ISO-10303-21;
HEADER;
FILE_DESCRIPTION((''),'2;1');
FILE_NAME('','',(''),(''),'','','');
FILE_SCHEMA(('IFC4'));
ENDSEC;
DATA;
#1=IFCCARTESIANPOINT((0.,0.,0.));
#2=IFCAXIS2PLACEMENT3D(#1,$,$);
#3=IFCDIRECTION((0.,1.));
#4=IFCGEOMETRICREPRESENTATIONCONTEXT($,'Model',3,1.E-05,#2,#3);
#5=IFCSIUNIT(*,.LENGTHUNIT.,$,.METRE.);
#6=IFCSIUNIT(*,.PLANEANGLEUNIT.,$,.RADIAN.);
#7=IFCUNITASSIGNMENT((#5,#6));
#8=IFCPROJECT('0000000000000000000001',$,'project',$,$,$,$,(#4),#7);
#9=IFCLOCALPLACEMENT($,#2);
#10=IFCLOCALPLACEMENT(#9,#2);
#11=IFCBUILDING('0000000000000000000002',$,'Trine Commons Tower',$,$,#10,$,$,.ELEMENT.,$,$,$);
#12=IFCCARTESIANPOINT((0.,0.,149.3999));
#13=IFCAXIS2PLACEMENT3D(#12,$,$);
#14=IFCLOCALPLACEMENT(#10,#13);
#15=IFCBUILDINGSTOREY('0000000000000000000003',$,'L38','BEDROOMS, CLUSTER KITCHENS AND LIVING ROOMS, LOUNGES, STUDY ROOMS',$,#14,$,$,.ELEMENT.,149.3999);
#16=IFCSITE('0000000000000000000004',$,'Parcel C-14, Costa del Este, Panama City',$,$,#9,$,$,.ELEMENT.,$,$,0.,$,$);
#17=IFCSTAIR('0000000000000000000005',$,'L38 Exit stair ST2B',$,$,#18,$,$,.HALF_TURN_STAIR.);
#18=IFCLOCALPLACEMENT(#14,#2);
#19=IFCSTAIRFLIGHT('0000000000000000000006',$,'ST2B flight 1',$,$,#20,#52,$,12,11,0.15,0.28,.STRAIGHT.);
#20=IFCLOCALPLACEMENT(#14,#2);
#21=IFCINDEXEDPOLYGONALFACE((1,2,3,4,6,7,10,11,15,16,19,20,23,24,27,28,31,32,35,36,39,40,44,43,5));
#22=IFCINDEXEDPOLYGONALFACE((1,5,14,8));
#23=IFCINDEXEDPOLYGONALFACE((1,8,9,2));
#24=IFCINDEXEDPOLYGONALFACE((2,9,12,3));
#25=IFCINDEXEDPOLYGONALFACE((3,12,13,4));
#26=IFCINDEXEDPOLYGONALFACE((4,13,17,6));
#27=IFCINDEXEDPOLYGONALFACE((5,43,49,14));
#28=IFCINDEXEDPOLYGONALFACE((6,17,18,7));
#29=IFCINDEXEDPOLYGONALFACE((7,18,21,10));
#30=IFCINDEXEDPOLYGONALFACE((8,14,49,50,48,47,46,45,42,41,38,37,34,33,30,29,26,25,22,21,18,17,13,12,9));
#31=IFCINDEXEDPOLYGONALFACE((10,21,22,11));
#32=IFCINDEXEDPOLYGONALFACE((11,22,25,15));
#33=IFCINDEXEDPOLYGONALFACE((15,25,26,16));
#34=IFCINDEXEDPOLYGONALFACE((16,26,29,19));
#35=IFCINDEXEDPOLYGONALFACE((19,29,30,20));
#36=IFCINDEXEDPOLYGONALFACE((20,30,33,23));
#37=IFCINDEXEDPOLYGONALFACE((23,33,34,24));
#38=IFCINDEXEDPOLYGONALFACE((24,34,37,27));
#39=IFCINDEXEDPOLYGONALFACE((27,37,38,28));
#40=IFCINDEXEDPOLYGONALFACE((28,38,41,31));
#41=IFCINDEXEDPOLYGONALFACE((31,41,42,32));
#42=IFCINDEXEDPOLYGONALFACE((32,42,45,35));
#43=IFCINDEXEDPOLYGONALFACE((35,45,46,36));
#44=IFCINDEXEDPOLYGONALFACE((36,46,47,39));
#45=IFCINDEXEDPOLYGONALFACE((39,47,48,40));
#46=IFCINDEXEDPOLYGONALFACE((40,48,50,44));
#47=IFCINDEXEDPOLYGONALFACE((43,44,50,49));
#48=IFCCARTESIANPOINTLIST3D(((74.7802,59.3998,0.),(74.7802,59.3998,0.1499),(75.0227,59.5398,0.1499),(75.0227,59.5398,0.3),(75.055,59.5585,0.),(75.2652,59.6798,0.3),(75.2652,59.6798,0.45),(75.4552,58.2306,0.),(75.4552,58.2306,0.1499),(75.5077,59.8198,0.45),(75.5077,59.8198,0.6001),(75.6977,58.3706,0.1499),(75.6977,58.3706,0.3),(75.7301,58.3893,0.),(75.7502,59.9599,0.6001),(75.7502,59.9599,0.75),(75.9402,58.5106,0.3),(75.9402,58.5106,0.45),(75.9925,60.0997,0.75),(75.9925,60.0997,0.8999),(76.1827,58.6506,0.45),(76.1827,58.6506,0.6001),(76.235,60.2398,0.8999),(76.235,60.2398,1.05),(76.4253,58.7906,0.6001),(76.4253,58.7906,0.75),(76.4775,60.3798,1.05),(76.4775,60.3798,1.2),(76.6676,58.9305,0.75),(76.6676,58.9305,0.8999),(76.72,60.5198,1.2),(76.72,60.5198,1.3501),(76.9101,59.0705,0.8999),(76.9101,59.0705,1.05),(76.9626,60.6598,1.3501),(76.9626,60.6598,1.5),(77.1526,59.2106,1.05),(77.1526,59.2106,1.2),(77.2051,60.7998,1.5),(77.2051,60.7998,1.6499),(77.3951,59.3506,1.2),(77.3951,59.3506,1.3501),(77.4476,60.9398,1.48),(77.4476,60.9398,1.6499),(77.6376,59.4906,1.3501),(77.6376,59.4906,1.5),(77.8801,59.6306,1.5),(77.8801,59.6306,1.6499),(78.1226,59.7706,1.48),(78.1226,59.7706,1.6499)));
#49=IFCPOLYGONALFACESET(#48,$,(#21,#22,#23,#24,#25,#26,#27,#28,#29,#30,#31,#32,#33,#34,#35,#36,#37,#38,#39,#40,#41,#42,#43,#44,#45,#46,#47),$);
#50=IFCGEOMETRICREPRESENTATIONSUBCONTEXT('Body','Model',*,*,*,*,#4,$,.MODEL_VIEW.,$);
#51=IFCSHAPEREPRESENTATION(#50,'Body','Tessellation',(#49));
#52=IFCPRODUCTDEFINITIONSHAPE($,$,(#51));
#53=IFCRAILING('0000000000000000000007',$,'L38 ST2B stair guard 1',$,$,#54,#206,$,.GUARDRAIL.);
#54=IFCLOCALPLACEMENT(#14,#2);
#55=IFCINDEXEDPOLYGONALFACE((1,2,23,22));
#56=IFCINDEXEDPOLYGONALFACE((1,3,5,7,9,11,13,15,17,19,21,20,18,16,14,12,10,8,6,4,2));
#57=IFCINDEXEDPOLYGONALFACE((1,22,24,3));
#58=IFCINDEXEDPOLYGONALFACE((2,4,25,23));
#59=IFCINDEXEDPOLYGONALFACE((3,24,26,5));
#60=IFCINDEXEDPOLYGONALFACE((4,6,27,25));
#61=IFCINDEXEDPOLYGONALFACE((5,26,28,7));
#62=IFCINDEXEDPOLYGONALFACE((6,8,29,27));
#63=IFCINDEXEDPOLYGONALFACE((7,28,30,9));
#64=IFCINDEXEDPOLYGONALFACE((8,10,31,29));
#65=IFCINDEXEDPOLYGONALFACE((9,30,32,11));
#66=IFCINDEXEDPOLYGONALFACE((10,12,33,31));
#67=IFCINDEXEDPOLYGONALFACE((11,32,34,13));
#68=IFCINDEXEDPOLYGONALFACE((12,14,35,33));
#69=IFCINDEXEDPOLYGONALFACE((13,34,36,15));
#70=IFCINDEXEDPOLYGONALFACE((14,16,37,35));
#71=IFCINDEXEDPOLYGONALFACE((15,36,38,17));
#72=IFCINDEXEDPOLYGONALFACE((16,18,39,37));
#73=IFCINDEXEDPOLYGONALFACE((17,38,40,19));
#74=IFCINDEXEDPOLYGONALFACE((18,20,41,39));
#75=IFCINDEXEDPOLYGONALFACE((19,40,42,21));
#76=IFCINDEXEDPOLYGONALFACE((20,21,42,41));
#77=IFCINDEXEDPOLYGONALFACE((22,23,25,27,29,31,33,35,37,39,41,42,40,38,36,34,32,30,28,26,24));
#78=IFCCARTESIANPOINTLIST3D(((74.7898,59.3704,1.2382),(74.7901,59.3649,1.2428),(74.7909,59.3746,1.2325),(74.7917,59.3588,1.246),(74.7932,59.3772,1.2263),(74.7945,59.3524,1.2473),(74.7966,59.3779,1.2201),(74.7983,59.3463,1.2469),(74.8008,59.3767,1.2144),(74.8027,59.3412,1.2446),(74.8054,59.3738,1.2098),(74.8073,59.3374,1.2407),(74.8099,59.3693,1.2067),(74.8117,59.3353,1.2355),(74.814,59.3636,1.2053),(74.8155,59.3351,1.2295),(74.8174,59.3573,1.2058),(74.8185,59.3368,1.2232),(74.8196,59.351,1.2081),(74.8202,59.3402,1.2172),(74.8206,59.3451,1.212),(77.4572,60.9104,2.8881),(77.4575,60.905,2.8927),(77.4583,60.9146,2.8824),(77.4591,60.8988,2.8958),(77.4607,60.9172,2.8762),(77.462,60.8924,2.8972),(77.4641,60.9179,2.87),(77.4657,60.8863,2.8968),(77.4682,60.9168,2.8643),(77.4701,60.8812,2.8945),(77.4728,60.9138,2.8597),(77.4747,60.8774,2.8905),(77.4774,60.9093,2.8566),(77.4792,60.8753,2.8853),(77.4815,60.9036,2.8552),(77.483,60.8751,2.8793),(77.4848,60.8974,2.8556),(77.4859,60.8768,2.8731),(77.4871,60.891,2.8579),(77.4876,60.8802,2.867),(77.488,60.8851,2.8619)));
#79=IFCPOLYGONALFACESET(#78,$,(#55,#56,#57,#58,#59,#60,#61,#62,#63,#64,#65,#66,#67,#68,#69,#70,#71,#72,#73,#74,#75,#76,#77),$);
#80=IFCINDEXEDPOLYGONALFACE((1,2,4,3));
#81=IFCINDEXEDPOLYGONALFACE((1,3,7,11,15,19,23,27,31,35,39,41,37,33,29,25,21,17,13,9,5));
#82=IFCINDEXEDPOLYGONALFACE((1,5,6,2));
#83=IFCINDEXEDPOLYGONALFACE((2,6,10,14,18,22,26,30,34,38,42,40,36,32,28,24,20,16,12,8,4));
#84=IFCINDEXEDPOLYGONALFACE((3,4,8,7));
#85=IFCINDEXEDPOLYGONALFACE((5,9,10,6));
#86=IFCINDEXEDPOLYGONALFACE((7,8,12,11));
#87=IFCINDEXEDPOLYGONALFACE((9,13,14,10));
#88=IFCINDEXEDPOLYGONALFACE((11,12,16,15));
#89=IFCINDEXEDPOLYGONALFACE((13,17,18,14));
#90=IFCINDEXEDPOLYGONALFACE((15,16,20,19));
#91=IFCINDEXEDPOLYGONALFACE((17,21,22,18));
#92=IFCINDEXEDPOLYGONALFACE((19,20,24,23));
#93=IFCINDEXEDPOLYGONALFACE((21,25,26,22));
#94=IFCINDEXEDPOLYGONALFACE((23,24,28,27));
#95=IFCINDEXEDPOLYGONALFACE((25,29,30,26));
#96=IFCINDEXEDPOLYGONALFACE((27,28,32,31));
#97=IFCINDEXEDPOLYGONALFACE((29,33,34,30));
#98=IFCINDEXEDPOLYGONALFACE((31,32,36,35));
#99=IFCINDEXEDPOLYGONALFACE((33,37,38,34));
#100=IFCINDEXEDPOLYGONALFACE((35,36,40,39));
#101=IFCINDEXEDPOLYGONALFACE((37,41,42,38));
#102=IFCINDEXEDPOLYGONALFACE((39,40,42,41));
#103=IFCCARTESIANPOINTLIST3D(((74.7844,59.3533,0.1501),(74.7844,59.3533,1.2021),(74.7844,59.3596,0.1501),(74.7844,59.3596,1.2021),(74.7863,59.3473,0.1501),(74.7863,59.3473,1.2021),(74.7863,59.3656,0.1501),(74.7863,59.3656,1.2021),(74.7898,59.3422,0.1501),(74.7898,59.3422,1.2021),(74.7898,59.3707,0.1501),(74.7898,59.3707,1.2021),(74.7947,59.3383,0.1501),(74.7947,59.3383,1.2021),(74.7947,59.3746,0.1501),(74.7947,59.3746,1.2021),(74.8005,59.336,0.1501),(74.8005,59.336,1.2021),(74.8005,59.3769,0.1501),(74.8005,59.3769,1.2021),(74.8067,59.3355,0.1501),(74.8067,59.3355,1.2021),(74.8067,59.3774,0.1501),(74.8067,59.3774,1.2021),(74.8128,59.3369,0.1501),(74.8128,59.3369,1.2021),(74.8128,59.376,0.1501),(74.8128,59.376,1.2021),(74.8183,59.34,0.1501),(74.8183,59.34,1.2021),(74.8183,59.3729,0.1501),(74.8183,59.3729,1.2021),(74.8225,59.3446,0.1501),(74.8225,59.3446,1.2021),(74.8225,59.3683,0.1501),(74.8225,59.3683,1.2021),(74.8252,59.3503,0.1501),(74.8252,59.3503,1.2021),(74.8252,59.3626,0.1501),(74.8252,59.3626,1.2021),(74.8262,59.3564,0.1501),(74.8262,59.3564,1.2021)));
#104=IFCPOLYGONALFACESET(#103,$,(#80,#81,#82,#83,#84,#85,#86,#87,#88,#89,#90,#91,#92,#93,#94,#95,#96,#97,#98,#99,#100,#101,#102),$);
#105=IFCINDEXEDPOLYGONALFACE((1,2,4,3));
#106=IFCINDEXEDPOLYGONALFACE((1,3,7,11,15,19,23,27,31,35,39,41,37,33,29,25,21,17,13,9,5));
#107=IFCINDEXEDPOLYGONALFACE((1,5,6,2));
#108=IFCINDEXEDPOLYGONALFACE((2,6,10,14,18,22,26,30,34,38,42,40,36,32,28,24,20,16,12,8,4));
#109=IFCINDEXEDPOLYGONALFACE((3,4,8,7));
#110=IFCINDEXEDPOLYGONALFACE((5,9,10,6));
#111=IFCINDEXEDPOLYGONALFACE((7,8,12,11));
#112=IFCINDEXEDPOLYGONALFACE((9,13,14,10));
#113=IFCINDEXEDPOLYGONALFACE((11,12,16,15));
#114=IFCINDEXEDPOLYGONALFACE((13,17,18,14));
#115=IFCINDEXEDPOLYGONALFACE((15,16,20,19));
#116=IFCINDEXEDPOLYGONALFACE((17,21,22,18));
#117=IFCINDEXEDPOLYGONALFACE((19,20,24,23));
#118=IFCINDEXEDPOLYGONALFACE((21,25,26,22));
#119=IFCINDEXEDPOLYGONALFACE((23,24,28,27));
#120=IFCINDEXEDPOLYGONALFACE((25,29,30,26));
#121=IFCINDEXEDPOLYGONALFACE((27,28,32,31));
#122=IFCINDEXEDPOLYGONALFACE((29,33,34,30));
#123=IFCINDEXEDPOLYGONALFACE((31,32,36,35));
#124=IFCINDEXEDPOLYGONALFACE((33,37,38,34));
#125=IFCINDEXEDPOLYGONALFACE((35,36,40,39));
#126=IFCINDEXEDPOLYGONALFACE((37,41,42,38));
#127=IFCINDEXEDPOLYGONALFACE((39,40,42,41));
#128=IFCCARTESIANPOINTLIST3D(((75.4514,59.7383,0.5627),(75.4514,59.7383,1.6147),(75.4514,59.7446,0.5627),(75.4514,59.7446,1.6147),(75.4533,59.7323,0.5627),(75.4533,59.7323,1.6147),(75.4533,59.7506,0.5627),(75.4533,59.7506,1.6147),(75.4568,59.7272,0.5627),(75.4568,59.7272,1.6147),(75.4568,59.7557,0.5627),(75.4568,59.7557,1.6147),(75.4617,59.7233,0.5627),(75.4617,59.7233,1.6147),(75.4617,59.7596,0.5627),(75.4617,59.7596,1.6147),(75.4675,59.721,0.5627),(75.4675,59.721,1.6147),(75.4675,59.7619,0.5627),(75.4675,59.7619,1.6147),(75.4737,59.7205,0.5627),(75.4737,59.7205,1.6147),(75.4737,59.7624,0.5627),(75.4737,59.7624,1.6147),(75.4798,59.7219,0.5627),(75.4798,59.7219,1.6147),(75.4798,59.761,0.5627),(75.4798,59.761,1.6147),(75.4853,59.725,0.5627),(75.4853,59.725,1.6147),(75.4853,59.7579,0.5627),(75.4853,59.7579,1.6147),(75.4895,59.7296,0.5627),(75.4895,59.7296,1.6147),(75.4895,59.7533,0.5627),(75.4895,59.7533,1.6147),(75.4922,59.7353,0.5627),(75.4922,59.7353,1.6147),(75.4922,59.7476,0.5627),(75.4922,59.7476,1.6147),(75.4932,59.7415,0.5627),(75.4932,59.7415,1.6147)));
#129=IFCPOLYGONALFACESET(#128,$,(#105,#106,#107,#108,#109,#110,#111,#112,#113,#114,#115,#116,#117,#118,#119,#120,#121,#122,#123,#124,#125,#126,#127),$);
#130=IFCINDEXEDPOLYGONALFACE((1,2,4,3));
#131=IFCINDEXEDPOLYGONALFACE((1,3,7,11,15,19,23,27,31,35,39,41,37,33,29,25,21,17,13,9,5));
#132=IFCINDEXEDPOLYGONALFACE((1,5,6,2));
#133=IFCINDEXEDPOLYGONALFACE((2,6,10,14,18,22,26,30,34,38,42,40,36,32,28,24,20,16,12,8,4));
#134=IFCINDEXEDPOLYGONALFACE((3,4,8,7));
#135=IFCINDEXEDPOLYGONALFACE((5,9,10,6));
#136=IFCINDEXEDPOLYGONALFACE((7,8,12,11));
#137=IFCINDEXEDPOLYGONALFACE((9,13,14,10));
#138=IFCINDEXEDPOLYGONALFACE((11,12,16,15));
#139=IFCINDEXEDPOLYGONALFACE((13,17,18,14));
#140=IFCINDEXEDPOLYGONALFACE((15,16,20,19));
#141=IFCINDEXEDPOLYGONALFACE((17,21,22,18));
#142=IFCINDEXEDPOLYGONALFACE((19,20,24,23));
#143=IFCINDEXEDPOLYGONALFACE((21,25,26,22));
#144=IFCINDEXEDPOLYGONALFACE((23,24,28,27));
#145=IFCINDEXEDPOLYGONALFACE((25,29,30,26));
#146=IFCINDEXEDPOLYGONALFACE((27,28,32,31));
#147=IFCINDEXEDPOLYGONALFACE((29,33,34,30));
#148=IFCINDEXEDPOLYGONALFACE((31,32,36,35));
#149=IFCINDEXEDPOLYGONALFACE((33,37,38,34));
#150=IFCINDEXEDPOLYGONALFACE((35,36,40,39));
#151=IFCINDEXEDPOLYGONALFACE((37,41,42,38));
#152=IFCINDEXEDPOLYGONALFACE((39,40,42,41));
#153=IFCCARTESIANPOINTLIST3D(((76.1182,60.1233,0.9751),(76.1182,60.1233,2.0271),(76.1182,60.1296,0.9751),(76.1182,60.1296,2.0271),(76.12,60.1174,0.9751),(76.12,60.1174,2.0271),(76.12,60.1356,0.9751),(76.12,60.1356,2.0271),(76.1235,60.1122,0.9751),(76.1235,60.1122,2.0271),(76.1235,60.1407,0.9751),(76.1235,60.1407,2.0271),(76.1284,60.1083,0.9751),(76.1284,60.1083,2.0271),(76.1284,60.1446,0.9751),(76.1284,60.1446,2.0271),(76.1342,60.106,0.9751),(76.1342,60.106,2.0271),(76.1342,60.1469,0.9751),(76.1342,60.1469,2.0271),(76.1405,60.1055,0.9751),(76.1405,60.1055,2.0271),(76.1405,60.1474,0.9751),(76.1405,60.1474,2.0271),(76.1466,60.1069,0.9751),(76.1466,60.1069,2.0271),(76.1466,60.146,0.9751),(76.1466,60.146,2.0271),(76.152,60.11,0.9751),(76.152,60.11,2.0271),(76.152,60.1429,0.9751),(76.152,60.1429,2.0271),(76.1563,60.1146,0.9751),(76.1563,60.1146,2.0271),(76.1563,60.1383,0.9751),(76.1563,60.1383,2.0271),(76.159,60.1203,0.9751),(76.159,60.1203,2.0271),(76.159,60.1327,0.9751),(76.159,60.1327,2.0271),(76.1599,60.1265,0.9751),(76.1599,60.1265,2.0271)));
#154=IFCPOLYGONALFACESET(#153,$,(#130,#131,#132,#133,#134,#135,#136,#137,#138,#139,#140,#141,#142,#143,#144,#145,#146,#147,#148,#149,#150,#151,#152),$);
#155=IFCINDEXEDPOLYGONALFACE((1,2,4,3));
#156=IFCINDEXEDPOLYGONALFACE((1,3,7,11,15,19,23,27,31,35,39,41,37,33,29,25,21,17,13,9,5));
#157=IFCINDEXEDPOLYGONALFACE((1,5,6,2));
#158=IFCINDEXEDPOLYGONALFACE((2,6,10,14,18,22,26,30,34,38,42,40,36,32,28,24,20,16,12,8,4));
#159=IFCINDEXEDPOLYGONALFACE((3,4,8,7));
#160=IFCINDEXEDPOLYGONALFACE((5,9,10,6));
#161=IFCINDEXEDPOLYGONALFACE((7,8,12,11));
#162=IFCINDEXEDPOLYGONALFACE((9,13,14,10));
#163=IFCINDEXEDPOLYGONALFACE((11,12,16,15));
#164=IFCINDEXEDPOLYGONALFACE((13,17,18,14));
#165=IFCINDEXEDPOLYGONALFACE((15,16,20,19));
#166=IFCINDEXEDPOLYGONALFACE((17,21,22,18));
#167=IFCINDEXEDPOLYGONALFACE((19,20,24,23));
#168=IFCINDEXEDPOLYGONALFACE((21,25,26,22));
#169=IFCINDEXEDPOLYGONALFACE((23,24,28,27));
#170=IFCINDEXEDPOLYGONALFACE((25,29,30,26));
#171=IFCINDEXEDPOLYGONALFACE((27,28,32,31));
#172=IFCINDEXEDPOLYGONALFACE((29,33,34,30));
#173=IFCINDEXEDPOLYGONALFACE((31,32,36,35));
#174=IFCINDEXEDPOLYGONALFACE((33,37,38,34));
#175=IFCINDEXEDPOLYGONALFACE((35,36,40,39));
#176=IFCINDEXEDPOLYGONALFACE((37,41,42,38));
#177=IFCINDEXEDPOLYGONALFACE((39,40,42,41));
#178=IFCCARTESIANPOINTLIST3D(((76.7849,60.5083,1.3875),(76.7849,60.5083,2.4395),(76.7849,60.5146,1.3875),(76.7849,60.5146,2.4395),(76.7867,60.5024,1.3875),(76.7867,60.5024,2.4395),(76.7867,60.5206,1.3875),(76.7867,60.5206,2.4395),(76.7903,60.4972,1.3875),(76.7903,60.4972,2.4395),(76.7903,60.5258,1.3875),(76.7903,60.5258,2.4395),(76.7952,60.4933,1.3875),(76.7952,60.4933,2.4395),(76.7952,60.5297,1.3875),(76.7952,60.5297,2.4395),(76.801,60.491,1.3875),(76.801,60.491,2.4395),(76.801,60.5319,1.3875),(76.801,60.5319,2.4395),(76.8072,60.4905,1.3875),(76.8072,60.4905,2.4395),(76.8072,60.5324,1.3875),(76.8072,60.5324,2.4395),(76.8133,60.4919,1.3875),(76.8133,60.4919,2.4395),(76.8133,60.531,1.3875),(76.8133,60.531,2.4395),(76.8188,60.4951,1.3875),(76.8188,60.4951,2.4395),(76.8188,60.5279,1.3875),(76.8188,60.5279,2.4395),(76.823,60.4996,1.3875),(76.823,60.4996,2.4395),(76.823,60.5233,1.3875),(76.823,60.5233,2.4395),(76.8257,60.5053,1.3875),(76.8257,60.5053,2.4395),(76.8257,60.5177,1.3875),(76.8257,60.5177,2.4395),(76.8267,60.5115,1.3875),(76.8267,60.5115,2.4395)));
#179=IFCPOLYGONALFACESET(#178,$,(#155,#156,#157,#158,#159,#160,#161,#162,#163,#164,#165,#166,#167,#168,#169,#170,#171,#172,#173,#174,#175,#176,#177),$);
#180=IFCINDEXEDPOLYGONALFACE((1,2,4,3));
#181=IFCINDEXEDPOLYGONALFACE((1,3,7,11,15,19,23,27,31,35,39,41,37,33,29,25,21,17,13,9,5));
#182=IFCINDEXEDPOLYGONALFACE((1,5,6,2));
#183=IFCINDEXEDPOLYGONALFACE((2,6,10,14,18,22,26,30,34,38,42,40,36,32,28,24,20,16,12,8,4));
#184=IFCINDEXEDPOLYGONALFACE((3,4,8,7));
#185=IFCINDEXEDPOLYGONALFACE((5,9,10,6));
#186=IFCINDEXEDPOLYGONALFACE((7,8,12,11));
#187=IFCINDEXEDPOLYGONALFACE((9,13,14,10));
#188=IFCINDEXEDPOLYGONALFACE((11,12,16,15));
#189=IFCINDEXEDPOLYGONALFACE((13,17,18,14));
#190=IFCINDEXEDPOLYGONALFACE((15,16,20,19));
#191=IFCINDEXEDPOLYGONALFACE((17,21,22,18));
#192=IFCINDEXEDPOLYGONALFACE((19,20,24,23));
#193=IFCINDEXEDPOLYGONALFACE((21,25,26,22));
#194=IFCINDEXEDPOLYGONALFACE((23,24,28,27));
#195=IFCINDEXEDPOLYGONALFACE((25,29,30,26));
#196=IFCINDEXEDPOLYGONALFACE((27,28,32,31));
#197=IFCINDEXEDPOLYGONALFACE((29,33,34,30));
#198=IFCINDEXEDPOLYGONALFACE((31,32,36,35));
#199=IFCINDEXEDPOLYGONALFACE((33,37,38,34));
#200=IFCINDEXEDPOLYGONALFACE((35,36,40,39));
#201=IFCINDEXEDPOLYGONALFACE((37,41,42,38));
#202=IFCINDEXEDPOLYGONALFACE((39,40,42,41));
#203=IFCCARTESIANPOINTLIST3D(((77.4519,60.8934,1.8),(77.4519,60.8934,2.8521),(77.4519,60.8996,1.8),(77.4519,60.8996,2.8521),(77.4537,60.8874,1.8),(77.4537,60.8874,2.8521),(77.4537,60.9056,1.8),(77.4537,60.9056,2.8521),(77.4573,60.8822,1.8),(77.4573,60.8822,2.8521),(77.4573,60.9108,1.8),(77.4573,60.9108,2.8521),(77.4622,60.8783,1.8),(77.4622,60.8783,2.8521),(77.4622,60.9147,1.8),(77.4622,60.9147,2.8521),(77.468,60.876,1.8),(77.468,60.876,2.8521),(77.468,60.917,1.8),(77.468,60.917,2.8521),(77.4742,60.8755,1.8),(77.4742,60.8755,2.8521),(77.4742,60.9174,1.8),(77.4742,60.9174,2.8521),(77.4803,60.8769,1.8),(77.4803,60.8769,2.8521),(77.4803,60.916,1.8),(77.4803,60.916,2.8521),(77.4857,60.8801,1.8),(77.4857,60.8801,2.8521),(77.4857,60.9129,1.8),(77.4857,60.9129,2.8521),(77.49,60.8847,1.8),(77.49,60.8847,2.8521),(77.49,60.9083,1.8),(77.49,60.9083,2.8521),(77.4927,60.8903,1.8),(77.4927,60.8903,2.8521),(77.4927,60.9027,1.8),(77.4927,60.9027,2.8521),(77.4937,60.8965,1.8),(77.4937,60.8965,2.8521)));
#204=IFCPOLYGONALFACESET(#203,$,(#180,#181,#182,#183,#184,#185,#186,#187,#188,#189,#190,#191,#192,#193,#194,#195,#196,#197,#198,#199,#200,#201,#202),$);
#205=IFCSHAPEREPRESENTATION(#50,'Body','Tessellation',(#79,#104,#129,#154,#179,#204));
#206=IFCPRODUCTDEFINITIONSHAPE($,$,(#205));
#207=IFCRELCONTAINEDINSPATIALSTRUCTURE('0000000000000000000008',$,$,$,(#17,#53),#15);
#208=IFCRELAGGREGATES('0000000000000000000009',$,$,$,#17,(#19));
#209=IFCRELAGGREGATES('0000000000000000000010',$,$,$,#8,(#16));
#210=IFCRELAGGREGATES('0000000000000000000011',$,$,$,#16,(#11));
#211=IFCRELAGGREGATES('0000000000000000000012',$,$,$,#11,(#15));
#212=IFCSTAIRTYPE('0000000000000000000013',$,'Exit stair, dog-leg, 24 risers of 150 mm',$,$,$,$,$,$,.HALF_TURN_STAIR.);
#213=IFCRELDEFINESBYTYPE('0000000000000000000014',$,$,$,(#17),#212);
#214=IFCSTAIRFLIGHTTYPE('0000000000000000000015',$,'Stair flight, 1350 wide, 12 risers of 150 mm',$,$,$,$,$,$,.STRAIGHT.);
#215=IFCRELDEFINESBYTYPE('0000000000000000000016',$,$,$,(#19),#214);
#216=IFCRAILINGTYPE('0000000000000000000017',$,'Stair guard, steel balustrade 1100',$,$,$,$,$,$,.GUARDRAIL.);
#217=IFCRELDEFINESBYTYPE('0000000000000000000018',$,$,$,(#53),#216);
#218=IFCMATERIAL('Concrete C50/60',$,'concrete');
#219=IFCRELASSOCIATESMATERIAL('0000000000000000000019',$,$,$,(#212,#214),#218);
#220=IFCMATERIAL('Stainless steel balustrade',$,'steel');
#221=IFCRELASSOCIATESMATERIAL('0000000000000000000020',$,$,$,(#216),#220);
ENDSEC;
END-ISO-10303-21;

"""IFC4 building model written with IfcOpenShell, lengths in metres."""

from ifc_helpers import new_model, si_unit, direction, frame, origin, origin_2d, place, context, subcontext, project, spatial, polyline, circle, outline, extrude, material, type_object, element, aggregate, save


model = new_model("IFC4")

# Units and contexts
model_context = context("Model", 3, precision=1e-05, world=origin(), true_north=direction((0.0, 1.0)))
body_context = subcontext(model_context, "Body", "Model", "MODEL_VIEW")
ifc_project = project(units=[si_unit("LENGTHUNIT", "METRE"), si_unit("PLANEANGLEUNIT", "RADIAN")], contexts=[model_context])

# Site, building, storey
site_placement = place(None, origin())
site = spatial("IfcSite", under=ifc_project, at=site_placement, Name="Parcel C-14, Costa del Este, Panama City", CompositionType="ELEMENT", RefElevation=0.0)
building_placement = place(site_placement, origin())
building = spatial("IfcBuilding", under=site, at=building_placement, Name="Trine Commons Tower", CompositionType="ELEMENT")
storey_placement = place(building_placement, frame((0.0, 0.0, 149.3999)))
storey = spatial("IfcBuildingStorey", under=building, at=storey_placement, Name="L38", Description="BEDROOMS, CLUSTER KITCHENS AND LIVING ROOMS, LOUNGES, STUDY ROOMS", CompositionType="ELEMENT", Elevation=149.3999)

# Stair, stair flight
ifc_material_1 = material(Name="Concrete C50/60", Category="concrete")
stair_type = type_object("IfcStairType", Name="Exit stair, dog-leg, 24 risers of 150 mm", PredefinedType="HALF_TURN_STAIR", material=ifc_material_1)
stair_placement = place(storey_placement, origin())
stair = element("IfcStair", 1, at=stair_placement, inside=storey, type_object=stair_type, Name="L38 Exit stair ST2B", PredefinedType="HALF_TURN_STAIR")
stair_flight_type = type_object("IfcStairFlightType", Name="Stair flight, 1350 wide, 12 risers of 150 mm", PredefinedType="STRAIGHT", material=ifc_material_1)
stair_flight_placement = place(storey_placement, frame((75.1177, 58.8152, 0.0), z_axis=(0.0, 0.0, 1.0), x_axis=(0.866025, 0.5, 0.0)))
stair_flight = element("IfcStairFlight", 2, at=stair_flight_placement, type_object=stair_flight_type, Name="ST2B flight 1", NumberOfRisers=12, NumberOfTreads=11, PredefinedType="STRAIGHT", RiserHeight=0.15, TreadLength=0.28, context=body_context, shape_type="SweptSolid", body=[
    extrude(outline(polyline([(0.0, 0.0), (0.0, 0.1499), (0.28, 0.1499), (0.28, 0.3), (0.5601, 0.3), (0.5601, 0.45), (0.8401, 0.45), (0.8401, 0.6001), (1.1201, 0.6001), (1.1201, 0.75), (1.3999, 0.75), (1.3999, 0.8999), (1.6799, 0.8999), (1.6799, 1.05), (1.96, 1.05), (1.96, 1.2), (2.24, 1.2), (2.24, 1.3501), (2.52, 1.3501), (2.52, 1.5), (2.8, 1.5), (2.8, 1.6499), (3.0801, 1.6499), (3.0801, 1.8), (3.0801, 1.48), (0.3174, 0.0), (0.0, 0.0)])), frame((0.0, 0.675, 0.0), z_axis=(0.0, -1.0, 0.0), x_axis=(1.0, 0.0, 0.0)), (0.0, 0.0, 1.0), 1.3501),
])
aggregate(stair, [stair_flight])

# Railing
ifc_material_2 = material(Name="Stainless steel balustrade", Category="steel")
railing_type_1 = type_object("IfcRailingType", Name="Stair guard, steel balustrade 1100", PredefinedType="GUARDRAIL", material=ifc_material_2)
railing_1_placement = place(storey_placement, frame((74.8052, 59.3564, 0.1501)))
element("IfcRailing", 3, at=railing_1_placement, inside=storey, type_object=railing_type_1, Name="L38 ST2B stair guard 1", PredefinedType="GUARDRAIL", context=body_context, shape_type="SweptSolid", body=[
    extrude(circle(Radius=0.0239, at=origin_2d()), frame((0.0, 0.0, 1.0762), z_axis=(0.763405, 0.440743, 0.472185), x_axis=(-0.499992, 0.86603, 0.0)), (0.0, 0.0, 1.0), 3.4941),
    extrude(circle(Radius=0.021, at=origin_2d()), origin(), (0.0, 0.0, 1.0), 1.052),
    extrude(circle(Radius=0.021, at=origin_2d()), frame((0.667, 0.385, 0.4126)), (0.0, 0.0, 1.0), 1.052),
    extrude(circle(Radius=0.021, at=origin_2d()), frame((1.3337, 0.77, 0.825)), (0.0, 0.0, 1.0), 1.052),
    extrude(circle(Radius=0.021, at=origin_2d()), frame((2.0005, 1.155, 1.2373)), (0.0, 0.0, 1.0), 1.052),
    extrude(circle(Radius=0.021, at=origin_2d()), frame((2.6675, 1.54, 1.6499)), (0.0, 0.0, 1.0), 1.052),
])

save(model, "model.ifc")
